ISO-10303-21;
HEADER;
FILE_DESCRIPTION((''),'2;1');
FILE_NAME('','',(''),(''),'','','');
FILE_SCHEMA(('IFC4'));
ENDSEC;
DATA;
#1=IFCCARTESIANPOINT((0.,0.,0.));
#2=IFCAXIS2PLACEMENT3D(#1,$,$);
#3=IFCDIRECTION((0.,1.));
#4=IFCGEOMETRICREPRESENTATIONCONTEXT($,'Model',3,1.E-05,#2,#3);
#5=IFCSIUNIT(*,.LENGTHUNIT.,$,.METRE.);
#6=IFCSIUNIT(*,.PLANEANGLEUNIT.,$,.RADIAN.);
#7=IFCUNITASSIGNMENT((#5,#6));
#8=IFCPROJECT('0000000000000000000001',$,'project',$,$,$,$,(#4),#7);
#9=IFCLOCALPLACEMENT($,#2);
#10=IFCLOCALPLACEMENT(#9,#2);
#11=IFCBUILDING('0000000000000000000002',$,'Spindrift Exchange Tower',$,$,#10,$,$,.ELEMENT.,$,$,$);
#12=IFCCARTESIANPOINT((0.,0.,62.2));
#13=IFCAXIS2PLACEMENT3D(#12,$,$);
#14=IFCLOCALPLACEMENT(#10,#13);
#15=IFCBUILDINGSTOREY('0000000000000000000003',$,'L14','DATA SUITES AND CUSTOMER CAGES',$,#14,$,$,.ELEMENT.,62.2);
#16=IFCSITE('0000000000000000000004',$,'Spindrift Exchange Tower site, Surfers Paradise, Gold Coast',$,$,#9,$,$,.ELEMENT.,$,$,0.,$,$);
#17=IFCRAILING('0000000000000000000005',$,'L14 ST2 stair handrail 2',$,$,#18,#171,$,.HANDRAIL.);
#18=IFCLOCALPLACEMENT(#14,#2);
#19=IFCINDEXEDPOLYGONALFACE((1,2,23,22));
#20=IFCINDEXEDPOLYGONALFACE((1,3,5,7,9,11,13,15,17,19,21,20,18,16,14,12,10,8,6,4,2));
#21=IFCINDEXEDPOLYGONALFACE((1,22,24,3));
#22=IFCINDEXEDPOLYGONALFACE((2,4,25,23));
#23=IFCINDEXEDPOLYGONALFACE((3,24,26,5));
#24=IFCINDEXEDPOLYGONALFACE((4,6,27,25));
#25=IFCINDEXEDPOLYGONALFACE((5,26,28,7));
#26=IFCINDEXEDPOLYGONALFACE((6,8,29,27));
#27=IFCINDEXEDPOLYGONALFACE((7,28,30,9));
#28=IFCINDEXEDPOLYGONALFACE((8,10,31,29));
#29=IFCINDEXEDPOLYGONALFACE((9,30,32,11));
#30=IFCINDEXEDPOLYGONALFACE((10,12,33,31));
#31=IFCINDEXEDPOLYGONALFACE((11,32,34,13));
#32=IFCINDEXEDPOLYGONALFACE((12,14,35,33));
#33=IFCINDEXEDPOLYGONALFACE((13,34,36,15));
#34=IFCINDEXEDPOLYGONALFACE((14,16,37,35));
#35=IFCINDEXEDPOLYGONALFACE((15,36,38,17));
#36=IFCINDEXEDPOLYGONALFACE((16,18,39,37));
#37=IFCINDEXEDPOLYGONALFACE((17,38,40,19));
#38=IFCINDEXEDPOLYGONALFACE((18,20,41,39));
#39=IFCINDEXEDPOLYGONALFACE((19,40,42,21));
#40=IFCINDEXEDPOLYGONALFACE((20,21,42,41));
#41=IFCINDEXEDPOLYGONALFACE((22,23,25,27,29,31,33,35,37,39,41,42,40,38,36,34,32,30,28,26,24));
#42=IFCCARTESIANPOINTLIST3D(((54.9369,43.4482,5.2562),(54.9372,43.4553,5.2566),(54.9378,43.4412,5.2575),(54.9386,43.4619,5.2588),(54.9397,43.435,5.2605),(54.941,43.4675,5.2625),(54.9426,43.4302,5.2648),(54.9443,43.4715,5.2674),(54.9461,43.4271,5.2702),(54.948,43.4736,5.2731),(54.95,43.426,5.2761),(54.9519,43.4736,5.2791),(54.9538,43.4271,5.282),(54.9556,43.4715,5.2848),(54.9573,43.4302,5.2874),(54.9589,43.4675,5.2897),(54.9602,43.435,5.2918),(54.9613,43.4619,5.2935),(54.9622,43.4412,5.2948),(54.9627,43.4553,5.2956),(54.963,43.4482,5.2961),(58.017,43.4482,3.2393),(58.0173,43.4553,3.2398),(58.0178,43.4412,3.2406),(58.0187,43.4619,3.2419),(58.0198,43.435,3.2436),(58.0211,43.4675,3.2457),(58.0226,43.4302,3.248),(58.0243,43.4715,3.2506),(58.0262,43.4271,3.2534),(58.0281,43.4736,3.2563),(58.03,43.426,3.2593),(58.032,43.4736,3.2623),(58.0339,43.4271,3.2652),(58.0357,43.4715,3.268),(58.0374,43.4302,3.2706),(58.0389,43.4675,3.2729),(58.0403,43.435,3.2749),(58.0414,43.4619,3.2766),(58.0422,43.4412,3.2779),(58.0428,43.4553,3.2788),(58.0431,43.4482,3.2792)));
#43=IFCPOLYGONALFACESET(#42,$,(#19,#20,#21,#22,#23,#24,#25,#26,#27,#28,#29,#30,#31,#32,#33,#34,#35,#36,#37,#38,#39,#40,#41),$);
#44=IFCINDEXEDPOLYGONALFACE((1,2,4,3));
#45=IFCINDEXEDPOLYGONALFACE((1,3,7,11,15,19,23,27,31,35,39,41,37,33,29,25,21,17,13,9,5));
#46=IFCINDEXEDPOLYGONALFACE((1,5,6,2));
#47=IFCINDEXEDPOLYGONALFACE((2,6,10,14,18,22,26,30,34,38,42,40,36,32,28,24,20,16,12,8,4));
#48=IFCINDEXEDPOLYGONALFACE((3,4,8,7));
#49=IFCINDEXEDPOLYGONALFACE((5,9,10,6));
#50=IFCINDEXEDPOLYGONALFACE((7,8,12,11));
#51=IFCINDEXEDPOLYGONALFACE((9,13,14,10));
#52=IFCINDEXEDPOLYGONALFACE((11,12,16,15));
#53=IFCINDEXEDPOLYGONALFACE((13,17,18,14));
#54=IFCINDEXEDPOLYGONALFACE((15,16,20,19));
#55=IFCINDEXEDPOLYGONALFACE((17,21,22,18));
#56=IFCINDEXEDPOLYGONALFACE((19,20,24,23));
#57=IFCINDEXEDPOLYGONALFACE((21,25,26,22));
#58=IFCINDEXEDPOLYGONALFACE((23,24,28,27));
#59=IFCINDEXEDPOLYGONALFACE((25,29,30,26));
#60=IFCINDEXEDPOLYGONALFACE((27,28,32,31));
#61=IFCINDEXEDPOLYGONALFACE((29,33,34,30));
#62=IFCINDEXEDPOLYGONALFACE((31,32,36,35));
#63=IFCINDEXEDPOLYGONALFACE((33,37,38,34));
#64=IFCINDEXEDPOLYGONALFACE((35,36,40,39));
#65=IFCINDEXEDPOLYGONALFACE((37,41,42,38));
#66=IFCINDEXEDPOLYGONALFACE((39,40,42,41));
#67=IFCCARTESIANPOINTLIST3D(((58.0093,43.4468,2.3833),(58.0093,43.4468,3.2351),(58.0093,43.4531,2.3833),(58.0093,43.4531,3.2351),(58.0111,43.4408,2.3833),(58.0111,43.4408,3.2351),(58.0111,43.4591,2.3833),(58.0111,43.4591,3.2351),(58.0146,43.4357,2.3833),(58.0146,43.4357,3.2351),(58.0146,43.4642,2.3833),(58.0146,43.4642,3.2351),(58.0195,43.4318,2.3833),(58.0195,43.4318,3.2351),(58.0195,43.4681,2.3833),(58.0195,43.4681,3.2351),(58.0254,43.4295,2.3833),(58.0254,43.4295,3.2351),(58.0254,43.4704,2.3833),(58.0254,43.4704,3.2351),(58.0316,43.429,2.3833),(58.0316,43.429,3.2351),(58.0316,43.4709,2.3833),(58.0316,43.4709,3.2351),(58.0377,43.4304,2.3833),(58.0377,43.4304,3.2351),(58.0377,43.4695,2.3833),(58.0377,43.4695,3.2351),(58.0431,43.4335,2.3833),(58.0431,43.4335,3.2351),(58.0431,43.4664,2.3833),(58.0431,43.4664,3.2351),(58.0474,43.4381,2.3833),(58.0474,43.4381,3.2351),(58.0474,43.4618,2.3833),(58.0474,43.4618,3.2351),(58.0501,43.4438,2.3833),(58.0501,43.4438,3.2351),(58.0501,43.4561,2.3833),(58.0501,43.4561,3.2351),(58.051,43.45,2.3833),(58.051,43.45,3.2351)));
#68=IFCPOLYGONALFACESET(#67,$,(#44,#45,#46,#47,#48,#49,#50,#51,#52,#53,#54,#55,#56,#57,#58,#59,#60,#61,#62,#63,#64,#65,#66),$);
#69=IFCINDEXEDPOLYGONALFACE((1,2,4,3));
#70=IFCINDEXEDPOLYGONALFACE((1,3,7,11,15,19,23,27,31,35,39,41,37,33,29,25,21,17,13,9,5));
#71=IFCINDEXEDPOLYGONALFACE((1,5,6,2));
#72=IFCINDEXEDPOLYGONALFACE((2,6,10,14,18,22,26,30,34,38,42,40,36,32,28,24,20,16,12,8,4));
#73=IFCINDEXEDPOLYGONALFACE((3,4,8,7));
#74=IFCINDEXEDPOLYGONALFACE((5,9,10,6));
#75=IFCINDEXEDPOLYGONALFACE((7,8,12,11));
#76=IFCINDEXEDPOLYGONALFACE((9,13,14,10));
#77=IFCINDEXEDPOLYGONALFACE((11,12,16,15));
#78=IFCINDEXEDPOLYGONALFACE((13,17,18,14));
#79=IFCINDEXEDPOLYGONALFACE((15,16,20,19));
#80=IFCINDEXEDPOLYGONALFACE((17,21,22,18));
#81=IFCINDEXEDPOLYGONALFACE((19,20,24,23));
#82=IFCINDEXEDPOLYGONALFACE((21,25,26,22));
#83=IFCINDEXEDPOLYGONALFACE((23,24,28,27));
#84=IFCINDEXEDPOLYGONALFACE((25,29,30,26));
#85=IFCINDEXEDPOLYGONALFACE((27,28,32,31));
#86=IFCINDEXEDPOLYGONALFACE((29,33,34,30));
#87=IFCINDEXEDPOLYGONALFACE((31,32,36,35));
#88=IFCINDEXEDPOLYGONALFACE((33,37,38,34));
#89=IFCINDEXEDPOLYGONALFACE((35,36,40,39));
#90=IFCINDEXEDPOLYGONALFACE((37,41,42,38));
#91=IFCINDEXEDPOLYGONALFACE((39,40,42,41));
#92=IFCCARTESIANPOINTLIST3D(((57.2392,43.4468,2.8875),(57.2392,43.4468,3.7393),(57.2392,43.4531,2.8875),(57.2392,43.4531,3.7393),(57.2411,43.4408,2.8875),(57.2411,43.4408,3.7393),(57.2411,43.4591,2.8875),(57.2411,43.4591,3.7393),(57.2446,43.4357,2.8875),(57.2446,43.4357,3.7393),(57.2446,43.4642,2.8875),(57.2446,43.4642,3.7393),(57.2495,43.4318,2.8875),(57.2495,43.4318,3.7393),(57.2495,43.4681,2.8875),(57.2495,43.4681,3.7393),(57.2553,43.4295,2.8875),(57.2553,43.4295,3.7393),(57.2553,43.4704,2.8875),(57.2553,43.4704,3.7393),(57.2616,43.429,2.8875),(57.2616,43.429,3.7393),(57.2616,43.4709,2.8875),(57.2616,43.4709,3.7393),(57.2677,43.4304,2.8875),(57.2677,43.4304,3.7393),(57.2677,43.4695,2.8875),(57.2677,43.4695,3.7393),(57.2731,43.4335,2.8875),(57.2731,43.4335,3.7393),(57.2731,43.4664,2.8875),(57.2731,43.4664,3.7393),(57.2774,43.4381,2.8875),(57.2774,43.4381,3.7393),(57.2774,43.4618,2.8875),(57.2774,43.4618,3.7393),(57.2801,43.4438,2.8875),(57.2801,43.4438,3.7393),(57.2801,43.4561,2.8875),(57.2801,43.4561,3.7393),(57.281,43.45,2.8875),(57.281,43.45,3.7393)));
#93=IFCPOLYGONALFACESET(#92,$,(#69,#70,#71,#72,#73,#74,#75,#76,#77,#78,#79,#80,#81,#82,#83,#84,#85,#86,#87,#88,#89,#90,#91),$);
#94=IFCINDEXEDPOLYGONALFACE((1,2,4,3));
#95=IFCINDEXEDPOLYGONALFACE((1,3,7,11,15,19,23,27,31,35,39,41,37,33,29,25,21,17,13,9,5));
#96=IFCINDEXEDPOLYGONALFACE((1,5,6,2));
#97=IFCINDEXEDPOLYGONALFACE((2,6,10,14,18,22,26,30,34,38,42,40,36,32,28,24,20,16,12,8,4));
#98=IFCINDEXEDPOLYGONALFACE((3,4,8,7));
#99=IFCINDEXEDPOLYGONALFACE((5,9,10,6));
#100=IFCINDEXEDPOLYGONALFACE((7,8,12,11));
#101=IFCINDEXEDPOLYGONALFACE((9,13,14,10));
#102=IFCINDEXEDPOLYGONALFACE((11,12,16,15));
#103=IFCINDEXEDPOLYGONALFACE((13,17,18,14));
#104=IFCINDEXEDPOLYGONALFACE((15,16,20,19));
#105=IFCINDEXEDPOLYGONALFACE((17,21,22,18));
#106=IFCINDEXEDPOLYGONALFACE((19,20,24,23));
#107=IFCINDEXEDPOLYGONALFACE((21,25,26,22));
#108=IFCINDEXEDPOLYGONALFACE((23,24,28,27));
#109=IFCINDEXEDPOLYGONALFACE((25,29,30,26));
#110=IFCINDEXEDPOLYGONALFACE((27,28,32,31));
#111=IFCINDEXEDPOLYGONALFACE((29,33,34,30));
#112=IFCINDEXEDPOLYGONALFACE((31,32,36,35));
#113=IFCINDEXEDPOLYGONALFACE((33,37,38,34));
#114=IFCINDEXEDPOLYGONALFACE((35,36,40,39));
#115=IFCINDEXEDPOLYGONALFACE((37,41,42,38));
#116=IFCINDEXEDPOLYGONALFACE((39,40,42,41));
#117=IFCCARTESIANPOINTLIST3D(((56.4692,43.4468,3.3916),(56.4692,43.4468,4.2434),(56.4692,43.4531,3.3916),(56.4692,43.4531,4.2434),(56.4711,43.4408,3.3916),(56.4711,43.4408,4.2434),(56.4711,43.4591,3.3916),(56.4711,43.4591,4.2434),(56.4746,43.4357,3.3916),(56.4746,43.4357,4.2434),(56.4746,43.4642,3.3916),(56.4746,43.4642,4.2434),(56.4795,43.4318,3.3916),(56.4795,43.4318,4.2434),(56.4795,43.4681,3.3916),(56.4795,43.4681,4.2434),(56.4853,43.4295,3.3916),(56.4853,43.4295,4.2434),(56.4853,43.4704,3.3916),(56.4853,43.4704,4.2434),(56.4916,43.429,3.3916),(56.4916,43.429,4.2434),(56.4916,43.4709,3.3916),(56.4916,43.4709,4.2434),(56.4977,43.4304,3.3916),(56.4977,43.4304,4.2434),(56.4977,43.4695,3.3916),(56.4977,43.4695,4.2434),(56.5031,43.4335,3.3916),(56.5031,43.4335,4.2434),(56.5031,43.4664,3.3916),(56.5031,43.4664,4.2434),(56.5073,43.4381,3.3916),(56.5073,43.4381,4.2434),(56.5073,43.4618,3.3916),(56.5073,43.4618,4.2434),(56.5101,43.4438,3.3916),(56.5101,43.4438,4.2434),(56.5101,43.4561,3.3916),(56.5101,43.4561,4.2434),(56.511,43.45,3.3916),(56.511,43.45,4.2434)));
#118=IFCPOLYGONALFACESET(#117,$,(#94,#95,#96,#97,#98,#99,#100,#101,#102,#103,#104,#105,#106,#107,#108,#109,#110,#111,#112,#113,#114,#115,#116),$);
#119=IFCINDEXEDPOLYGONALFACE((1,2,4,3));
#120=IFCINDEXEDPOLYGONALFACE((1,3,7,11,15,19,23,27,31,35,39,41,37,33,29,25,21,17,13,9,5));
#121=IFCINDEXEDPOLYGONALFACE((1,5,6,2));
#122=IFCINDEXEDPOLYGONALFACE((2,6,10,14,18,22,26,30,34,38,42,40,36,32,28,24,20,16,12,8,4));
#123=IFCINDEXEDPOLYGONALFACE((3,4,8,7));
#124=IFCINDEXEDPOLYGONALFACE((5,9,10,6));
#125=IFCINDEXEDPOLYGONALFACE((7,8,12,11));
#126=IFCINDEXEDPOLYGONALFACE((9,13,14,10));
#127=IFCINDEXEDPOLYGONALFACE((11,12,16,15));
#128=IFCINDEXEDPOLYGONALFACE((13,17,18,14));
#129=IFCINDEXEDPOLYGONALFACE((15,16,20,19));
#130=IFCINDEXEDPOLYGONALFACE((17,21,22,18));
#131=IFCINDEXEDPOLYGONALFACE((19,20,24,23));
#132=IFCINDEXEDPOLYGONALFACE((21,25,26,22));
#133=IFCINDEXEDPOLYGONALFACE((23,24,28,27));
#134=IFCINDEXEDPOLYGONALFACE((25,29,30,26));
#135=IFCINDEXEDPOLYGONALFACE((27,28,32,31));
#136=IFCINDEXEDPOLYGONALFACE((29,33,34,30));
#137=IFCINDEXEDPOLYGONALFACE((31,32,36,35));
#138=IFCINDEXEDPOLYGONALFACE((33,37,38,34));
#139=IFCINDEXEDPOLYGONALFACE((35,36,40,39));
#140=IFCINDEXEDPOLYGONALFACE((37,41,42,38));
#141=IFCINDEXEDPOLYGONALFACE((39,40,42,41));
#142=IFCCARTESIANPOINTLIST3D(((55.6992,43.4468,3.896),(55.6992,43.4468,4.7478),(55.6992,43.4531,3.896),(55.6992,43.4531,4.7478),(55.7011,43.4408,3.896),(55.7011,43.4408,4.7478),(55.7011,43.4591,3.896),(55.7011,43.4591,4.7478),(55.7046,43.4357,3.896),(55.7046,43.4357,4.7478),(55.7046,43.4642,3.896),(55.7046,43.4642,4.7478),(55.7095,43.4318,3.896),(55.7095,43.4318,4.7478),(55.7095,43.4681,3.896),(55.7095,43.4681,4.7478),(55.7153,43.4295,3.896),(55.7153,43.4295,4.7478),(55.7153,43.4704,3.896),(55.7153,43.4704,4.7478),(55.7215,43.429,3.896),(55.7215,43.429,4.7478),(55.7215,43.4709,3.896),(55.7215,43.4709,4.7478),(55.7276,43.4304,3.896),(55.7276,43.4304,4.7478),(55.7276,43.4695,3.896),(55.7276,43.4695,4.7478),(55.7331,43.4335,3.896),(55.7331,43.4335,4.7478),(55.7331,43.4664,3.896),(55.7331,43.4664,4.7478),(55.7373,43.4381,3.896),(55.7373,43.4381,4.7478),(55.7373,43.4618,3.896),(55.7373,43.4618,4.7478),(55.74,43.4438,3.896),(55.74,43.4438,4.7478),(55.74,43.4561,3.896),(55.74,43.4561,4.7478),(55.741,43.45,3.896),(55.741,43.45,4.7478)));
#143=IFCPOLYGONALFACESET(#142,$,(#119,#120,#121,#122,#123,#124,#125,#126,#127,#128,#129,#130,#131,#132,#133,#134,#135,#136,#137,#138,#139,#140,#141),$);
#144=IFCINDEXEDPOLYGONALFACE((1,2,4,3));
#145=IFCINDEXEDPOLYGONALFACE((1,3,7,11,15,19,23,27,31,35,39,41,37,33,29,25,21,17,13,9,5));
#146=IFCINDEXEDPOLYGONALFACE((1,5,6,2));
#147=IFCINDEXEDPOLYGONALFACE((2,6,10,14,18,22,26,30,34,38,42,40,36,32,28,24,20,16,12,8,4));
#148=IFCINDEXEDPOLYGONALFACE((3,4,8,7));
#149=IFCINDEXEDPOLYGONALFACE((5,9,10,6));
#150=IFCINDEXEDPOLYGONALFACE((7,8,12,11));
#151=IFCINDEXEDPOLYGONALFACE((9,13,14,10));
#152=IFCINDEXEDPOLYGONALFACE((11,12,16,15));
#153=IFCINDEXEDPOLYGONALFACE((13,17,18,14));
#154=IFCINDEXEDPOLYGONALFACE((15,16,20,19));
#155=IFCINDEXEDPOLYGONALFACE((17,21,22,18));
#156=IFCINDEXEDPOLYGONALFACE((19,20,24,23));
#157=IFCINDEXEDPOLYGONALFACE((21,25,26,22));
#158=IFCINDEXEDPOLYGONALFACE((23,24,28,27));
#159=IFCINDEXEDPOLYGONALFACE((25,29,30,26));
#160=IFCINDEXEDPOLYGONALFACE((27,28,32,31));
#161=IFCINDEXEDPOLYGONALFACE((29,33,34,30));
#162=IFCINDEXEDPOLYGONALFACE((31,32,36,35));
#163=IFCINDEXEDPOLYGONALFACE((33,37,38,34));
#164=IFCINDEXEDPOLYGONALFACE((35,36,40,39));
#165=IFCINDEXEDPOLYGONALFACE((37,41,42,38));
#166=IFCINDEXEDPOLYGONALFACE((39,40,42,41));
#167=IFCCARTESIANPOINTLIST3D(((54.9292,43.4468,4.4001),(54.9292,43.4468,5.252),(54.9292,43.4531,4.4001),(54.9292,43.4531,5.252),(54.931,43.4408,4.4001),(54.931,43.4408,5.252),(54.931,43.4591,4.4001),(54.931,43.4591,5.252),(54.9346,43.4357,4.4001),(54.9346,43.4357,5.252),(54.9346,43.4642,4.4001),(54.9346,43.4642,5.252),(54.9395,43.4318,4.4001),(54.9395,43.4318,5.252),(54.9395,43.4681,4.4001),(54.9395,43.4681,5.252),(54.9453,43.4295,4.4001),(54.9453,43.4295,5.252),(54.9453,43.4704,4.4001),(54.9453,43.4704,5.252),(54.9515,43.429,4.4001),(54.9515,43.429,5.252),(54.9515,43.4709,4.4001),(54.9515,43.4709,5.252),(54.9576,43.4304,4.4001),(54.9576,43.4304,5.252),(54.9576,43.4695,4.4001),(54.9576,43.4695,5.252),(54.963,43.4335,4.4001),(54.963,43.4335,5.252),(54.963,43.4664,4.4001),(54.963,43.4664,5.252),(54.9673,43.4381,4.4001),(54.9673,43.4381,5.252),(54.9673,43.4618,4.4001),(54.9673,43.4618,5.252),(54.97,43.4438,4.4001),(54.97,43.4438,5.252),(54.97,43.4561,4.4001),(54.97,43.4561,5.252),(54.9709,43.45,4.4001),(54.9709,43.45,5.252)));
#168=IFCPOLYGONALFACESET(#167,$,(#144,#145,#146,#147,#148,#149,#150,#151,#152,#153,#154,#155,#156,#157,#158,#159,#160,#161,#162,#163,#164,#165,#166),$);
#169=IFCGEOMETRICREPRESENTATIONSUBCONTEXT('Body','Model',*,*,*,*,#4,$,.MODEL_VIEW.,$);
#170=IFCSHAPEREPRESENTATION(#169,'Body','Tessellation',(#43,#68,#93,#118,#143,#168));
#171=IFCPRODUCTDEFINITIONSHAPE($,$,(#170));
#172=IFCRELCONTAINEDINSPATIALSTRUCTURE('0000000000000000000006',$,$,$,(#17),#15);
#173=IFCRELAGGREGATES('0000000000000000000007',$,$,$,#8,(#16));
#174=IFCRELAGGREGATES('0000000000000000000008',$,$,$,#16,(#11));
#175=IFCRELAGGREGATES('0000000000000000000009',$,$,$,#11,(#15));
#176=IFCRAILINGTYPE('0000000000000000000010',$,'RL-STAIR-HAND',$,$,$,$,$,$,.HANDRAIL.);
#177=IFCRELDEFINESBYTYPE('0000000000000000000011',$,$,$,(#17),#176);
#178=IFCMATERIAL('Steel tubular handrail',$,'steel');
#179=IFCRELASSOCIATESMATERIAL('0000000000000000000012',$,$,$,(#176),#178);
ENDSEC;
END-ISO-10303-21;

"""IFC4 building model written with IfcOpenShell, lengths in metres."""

from ifc_helpers import new_model, si_unit, direction, frame, origin, origin_2d, place, context, subcontext, project, spatial, circle, extrude, material, type_object, element, save


model = new_model("IFC4")

# Units and contexts
model_context = context("Model", 3, precision=1e-05, world=origin(), true_north=direction((0.0, 1.0)))
body_context = subcontext(model_context, "Body", "Model", "MODEL_VIEW")
ifc_project = project(units=[si_unit("LENGTHUNIT", "METRE"), si_unit("PLANEANGLEUNIT", "RADIAN")], contexts=[model_context])

# Site, building, storey
site_placement = place(None, origin())
site = spatial("IfcSite", under=ifc_project, at=site_placement, Name="Spindrift Exchange Tower site, Surfers Paradise, Gold Coast", CompositionType="ELEMENT", RefElevation=0.0)
building_placement = place(site_placement, origin())
building = spatial("IfcBuilding", under=site, at=building_placement, Name="Spindrift Exchange Tower", CompositionType="ELEMENT")
storey_placement = place(building_placement, frame((0.0, 0.0, 62.2)))
storey = spatial("IfcBuildingStorey", under=building, at=storey_placement, Name="L14", Description="DATA SUITES AND CUSTOMER CAGES", CompositionType="ELEMENT", Elevation=62.2)

# Railing
ifc_material_1 = material(Name="Steel tubular handrail", Category="steel")
railing_type_1 = type_object("IfcRailingType", Name="RL-STAIR-HAND", PredefinedType="HANDRAIL", material=ifc_material_1)
railing_1_placement = place(storey_placement, frame((58.03, 43.45, 2.3833)))
element("IfcRailing", 1, at=railing_1_placement, inside=storey, type_object=railing_type_1, Name="L14 ST2 stair handrail 2", PredefinedType="HANDRAIL", context=body_context, shape_type="SweptSolid", body=[
    extrude(circle(Radius=0.0239, at=origin_2d()), frame((0.0, 0.0, 0.876), z_axis=(-0.836603, 0.0, 0.54781), x_axis=(0.0, -1.0, 0.0)), (0.0, 0.0, 1.0), 3.6816),
    extrude(circle(Radius=0.021, at=origin_2d()), origin(), (0.0, 0.0, 1.0), 0.8518),
    extrude(circle(Radius=0.021, at=origin_2d()), frame((-0.77, 0.0, 0.5042)), (0.0, 0.0, 1.0), 0.8518),
    extrude(circle(Radius=0.021, at=origin_2d()), frame((-1.54, 0.0, 1.0083)), (0.0, 0.0, 1.0), 0.8518),
    extrude(circle(Radius=0.021, at=origin_2d()), frame((-2.3101, 0.0, 1.5127)), (0.0, 0.0, 1.0), 0.8518),
    extrude(circle(Radius=0.021, at=origin_2d()), frame((-3.0801, 0.0, 2.0168)), (0.0, 0.0, 1.0), 0.8518),
])

save(model, "model.ifc")
